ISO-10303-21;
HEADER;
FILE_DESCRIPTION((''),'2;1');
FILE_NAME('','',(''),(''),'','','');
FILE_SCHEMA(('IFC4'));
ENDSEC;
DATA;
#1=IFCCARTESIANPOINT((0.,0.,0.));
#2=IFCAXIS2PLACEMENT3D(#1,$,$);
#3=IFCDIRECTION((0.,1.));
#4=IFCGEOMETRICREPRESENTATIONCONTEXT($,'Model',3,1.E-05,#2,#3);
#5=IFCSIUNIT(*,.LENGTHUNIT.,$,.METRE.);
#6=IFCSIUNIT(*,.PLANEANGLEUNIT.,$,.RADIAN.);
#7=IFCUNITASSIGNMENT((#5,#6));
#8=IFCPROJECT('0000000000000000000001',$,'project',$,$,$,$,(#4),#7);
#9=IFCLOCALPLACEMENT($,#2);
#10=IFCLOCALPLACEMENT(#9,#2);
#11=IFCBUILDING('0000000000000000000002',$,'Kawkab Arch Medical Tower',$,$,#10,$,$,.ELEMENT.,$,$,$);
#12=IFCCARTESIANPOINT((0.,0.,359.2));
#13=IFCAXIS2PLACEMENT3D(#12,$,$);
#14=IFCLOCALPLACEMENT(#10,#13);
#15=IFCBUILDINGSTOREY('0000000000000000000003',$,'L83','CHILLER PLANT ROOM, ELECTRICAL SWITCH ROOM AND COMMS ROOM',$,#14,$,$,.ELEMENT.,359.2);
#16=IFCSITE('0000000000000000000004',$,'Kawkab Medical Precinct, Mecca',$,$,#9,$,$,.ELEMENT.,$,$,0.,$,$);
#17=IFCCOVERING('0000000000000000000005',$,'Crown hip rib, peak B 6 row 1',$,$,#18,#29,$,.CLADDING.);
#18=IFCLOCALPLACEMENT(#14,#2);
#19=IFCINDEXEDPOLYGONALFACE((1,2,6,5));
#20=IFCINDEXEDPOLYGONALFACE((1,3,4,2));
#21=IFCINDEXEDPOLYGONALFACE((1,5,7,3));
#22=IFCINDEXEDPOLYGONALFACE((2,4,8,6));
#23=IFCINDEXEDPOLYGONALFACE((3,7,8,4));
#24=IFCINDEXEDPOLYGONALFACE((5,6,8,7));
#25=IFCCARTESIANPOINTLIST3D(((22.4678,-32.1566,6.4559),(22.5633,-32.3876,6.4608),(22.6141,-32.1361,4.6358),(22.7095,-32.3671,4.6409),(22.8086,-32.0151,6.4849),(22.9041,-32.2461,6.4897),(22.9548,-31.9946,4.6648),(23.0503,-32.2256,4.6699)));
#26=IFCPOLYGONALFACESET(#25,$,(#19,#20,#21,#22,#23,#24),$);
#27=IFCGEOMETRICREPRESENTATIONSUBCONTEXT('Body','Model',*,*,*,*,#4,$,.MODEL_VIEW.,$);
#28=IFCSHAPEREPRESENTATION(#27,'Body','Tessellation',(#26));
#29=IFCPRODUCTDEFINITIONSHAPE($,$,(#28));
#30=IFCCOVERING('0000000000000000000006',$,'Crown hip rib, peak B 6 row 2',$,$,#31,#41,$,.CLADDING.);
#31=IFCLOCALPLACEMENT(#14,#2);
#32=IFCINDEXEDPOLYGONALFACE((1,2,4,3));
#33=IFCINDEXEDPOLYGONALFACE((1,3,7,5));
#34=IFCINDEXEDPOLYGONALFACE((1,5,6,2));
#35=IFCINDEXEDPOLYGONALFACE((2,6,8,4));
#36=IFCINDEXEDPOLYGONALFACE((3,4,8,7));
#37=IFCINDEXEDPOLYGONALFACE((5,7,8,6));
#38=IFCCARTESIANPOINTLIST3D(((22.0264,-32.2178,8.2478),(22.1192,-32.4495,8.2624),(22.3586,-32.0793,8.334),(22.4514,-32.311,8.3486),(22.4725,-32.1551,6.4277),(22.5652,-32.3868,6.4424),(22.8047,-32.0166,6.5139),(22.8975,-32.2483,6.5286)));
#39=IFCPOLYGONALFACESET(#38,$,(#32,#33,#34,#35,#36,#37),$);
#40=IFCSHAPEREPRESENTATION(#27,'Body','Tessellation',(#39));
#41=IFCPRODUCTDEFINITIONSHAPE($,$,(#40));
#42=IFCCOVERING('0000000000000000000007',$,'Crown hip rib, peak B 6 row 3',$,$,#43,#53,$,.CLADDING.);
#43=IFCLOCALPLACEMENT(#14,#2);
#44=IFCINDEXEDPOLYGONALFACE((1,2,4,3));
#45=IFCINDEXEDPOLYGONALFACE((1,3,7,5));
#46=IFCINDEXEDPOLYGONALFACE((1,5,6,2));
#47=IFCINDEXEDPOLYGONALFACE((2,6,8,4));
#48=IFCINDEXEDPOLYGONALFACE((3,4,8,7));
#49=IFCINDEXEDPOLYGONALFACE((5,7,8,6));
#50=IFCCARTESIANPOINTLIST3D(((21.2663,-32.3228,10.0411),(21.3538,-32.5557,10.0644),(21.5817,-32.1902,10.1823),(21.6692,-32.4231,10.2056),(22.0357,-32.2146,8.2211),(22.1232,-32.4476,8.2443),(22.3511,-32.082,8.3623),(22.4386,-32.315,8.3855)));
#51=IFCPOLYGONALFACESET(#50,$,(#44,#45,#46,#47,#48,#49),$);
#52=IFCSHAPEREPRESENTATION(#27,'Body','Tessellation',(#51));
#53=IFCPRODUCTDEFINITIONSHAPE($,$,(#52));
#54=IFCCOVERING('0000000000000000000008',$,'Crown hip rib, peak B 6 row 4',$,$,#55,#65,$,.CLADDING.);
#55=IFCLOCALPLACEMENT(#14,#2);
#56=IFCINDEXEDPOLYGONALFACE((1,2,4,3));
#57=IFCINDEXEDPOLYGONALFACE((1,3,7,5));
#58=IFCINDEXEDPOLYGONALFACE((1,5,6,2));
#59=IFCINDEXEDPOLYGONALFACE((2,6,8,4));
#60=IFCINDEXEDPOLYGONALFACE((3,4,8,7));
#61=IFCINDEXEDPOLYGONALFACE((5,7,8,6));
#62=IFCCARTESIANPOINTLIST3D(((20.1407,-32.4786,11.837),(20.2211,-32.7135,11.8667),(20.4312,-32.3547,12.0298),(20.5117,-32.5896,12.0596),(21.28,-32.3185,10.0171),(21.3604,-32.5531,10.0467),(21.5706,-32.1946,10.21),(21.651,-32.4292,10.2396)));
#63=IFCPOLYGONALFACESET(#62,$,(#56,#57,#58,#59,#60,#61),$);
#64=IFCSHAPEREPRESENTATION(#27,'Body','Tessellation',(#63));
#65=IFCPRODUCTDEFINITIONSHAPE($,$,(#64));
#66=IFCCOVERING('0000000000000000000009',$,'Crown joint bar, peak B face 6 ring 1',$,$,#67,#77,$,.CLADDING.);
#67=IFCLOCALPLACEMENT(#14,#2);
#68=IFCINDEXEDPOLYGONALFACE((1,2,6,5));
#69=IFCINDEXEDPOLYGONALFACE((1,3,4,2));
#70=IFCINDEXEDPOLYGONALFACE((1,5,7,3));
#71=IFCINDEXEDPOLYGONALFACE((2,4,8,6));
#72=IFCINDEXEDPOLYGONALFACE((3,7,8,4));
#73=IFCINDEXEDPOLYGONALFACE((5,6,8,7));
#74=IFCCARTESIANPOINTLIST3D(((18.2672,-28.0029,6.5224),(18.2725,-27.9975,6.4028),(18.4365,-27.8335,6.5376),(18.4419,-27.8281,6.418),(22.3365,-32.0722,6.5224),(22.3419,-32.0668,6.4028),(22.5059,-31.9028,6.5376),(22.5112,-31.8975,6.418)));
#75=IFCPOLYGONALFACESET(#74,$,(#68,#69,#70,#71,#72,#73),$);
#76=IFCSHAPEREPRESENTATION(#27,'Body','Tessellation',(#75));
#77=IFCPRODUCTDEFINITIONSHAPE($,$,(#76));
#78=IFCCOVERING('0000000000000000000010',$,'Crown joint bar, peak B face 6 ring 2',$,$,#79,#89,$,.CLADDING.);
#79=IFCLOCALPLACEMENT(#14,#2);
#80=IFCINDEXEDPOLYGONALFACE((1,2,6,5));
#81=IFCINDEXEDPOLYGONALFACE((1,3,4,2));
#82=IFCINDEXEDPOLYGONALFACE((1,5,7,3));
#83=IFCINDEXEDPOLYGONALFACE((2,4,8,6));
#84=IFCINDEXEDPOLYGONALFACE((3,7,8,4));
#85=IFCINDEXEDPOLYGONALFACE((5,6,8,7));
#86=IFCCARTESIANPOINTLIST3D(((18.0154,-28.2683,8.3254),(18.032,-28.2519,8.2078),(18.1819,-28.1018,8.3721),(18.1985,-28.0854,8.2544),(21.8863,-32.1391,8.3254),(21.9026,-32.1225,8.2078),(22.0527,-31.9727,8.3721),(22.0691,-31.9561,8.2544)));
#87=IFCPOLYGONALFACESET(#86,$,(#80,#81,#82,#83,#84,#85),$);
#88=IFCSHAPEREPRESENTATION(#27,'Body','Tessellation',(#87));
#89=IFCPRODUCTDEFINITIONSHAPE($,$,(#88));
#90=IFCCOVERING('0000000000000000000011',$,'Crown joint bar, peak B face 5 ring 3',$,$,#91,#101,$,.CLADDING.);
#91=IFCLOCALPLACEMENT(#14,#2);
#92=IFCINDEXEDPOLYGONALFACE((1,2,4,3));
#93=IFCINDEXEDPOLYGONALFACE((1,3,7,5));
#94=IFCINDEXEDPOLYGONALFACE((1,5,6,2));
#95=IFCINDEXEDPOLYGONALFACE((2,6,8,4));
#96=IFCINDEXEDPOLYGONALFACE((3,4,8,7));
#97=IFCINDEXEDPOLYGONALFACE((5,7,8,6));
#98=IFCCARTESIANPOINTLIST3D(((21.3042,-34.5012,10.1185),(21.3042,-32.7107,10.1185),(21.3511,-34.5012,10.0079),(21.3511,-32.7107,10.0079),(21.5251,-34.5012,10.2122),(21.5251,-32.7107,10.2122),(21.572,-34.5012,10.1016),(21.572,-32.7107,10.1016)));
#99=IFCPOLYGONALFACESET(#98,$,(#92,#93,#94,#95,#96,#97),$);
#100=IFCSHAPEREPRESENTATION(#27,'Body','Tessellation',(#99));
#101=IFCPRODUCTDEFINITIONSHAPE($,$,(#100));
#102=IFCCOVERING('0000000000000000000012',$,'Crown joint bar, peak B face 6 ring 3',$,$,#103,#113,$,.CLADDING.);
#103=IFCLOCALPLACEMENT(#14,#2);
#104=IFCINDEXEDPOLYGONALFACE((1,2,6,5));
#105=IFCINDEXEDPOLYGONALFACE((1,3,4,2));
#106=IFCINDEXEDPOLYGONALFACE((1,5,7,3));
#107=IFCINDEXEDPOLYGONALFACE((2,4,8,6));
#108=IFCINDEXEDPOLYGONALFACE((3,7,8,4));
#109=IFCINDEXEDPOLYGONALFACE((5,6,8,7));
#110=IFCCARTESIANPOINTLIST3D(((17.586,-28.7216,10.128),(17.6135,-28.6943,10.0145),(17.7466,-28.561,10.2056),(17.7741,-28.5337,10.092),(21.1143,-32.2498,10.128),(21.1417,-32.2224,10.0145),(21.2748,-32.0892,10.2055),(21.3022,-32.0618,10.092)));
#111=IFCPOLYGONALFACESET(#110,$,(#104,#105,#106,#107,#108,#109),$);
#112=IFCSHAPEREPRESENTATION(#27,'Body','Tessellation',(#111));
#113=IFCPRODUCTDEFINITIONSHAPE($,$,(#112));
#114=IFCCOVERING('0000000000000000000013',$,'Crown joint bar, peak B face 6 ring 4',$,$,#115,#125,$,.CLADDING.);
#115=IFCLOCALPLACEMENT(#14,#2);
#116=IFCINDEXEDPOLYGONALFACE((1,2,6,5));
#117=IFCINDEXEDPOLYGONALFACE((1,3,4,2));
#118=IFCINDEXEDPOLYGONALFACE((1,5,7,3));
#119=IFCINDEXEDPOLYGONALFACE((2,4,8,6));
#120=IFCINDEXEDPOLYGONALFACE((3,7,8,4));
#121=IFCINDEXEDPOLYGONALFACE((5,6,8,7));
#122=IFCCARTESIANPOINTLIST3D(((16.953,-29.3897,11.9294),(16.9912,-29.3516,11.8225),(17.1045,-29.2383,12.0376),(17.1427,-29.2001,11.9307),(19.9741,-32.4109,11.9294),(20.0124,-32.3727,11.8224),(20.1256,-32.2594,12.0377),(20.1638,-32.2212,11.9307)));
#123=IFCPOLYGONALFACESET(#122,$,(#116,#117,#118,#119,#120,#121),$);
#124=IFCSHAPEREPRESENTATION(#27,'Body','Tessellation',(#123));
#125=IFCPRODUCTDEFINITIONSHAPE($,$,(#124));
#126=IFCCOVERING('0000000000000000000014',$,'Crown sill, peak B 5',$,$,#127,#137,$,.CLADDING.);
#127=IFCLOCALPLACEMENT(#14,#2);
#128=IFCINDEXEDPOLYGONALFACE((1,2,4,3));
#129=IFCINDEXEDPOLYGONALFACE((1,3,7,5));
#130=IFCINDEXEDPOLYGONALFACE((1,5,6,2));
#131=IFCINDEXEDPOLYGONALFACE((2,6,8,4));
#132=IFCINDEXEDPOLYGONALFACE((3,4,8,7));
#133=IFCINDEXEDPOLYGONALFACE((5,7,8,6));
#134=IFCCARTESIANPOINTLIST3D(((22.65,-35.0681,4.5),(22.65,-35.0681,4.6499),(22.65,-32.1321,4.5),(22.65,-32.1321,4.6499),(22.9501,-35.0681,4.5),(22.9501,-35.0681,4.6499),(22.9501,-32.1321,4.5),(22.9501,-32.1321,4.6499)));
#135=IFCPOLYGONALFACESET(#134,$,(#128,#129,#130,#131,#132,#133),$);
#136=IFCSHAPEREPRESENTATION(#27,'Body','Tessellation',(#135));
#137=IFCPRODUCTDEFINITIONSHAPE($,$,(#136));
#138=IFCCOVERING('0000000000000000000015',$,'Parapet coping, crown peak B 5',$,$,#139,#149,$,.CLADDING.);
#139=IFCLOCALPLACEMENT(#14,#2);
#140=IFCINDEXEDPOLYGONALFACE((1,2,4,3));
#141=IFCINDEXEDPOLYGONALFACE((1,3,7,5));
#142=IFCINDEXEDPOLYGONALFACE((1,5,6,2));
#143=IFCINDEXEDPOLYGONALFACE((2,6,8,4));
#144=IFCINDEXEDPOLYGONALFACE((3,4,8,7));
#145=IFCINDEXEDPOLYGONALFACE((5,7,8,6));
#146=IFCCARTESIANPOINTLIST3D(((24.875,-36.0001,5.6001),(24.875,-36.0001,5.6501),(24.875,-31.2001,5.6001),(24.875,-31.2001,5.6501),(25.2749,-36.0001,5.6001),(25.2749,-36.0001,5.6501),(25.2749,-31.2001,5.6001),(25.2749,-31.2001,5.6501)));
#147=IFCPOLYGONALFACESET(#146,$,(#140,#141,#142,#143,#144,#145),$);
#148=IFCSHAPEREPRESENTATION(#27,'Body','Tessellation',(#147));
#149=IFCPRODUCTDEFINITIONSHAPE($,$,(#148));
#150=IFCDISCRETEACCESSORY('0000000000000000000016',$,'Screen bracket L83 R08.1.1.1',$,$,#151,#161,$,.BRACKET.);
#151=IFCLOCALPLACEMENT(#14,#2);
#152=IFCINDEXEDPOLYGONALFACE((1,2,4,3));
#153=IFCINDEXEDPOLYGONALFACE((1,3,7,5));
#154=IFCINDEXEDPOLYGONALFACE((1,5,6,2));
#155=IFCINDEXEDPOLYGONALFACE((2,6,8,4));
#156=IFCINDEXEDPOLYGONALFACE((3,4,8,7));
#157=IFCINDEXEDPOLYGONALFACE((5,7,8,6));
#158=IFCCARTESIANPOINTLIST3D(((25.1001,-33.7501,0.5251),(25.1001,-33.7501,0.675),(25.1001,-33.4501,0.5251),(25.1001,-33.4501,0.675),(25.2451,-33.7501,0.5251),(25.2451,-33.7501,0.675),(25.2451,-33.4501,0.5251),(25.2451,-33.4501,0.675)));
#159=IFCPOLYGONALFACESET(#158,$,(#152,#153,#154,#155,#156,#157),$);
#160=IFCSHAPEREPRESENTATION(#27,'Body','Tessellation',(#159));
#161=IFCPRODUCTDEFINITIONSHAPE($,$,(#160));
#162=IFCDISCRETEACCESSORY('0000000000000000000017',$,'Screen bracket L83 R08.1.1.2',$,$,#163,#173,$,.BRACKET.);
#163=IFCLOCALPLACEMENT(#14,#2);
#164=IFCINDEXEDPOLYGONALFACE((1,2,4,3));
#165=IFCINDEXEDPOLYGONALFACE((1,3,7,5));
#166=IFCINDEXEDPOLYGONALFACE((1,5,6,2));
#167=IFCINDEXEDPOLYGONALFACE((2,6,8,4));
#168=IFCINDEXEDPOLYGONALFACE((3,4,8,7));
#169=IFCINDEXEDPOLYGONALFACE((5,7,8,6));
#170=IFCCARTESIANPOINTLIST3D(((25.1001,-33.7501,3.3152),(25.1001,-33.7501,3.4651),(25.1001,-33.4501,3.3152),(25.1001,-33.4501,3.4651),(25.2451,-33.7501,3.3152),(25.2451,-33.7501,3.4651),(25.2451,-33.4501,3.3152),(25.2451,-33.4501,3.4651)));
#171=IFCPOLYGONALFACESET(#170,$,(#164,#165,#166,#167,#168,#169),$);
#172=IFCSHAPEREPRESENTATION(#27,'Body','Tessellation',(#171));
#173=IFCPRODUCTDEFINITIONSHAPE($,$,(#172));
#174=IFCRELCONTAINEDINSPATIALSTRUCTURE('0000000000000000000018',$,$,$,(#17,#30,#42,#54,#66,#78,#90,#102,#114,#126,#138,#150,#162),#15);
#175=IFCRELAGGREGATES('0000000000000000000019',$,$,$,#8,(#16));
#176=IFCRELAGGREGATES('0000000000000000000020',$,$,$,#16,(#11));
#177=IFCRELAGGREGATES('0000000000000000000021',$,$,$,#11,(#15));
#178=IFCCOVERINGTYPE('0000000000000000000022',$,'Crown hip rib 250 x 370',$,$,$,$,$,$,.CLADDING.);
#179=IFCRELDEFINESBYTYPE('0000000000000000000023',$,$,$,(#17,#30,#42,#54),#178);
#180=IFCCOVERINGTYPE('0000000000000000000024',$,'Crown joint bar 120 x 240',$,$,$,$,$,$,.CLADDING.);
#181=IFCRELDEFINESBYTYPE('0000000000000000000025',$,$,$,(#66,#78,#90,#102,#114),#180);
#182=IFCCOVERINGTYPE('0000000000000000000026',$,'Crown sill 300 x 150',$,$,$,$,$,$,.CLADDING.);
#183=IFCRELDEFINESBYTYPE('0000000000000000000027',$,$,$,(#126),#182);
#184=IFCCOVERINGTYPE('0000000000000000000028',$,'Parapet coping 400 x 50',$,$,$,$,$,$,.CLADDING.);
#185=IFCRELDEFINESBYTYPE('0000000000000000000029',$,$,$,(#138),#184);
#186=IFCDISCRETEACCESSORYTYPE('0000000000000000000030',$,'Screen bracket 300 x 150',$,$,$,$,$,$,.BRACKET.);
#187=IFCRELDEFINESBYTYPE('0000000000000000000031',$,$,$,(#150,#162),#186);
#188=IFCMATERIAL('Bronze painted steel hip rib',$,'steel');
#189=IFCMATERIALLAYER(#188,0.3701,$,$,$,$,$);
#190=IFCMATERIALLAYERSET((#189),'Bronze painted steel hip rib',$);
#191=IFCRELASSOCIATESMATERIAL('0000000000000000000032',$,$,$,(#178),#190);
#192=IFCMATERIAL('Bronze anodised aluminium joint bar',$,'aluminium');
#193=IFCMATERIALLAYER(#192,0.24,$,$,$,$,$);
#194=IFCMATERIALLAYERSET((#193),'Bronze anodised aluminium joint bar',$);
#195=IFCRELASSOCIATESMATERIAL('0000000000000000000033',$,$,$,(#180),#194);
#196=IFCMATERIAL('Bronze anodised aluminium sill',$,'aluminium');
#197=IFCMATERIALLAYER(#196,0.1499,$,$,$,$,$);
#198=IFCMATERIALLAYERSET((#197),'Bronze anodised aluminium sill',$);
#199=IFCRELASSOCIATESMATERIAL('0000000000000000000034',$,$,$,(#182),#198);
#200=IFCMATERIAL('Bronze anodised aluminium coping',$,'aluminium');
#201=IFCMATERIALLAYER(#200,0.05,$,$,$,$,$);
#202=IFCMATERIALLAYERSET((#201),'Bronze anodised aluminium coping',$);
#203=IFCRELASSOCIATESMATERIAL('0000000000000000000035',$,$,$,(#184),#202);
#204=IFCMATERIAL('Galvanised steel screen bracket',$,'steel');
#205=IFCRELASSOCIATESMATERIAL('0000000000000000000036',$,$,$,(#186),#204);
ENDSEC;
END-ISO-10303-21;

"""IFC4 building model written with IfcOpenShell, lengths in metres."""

from ifc_helpers import new_model, si_unit, direction, frame, origin, origin_2d, place, context, subcontext, project, spatial, polyline, rectangle, outline, extrude, material, layer, layer_set, type_object, element, save


model = new_model("IFC4")

# Units and contexts
model_context = context("Model", 3, precision=1e-05, world=origin(), true_north=direction((0.0, 1.0)))
body_context = subcontext(model_context, "Body", "Model", "MODEL_VIEW")
ifc_project = project(units=[si_unit("LENGTHUNIT", "METRE"), si_unit("PLANEANGLEUNIT", "RADIAN")], contexts=[model_context])

# Site, building, storey
site_placement = place(None, origin())
site = spatial("IfcSite", under=ifc_project, at=site_placement, Name="Kawkab Medical Precinct, Mecca", CompositionType="ELEMENT", RefElevation=0.0)
building_placement = place(site_placement, origin())
building = spatial("IfcBuilding", under=site, at=building_placement, Name="Kawkab Arch Medical Tower", CompositionType="ELEMENT")
storey_placement = place(building_placement, frame((0.0, 0.0, 359.2)))
storey = spatial("IfcBuildingStorey", under=building, at=storey_placement, Name="L83", Description="CHILLER PLANT ROOM, ELECTRICAL SWITCH ROOM AND COMMS ROOM", CompositionType="ELEMENT", Elevation=359.2)

# Coverings
ifc_material_1 = material(Name="Bronze painted steel hip rib", Category="steel")
ifc_layer_1 = layer(ifc_material_1, 0.3701)
ifc_layer_set_1 = layer_set([ifc_layer_1], Name="Bronze painted steel hip rib")
covering_type_1 = type_object("IfcCoveringType", Name="Crown hip rib 250 x 370", PredefinedType="CLADDING", material=ifc_layer_set_1)
covering_1_placement = place(storey_placement, frame((22.9548, -31.9946, 4.6648), z_axis=(0.920735, 0.382254, 0.078292), x_axis=(-0.08009, -0.011233, 0.996724)))
element("IfcCovering", 1, at=covering_1_placement, inside=storey, type_object=covering_type_1, Name="Crown hip rib, peak B 6 row 1", PredefinedType="CLADDING", context=body_context, shape_type="SweptSolid", body=[
    extrude(outline(polyline([(0.0, 0.0), (1.826, 0.0), (1.8259, 0.25), (0.0001, 0.25), (0.0, 0.0)])), origin(), (0.0, 0.0, -1.0), 0.3701),
])
covering_2_placement = place(storey_placement, frame((22.8047, -32.0166, 6.5139), z_axis=(0.897646, 0.374161, 0.232885), x_axis=(-0.237893, -0.033464, 0.970715)))
element("IfcCovering", 2, at=covering_2_placement, inside=storey, type_object=covering_type_1, Name="Crown hip rib, peak B 6 row 2", PredefinedType="CLADDING", context=body_context, shape_type="SweptSolid", body=[
    extrude(outline(polyline([(0.0, 0.0), (1.875, 0.0), (1.8749, 0.25), (-0.0001, 0.25), (0.0, 0.0)])), origin(), (0.0, 0.0, -1.0), 0.3701),
])
covering_3_placement = place(storey_placement, frame((22.3511, -32.082, 8.3623), z_axis=(0.852134, 0.358211, 0.381514), x_axis=(-0.388784, -0.054672, 0.919705)))
element("IfcCovering", 3, at=covering_3_placement, inside=storey, type_object=covering_type_1, Name="Crown hip rib, peak B 6 row 3", PredefinedType="CLADDING", context=body_context, shape_type="SweptSolid", body=[
    extrude(outline(polyline([(0.0, 0.0), (1.9789, 0.0), (1.979, 0.2498), (0.0, 0.2499), (0.0, 0.0)])), origin(), (0.0, 0.0, -1.0), 0.3701),
])
covering_4_placement = place(storey_placement, frame((21.5706, -32.1946, 10.21), z_axis=(0.785128, 0.334892, 0.520981), x_axis=(-0.52916, -0.074367, 0.845257)))
element("IfcCovering", 4, at=covering_4_placement, inside=storey, type_object=covering_type_1, Name="Crown hip rib, peak B 6 row 4", PredefinedType="CLADDING", context=body_context, shape_type="SweptSolid", body=[
    extrude(outline(polyline([(0.0, 0.0), (2.1531, 0.0), (2.1531, 0.2501), (-0.0001, 0.2497), (0.0, 0.0)])), origin(), (0.0, 0.0, -1.0), 0.3701),
])
ifc_material_2 = material(Name="Bronze anodised aluminium joint bar", Category="aluminium")
ifc_layer_2 = layer(ifc_material_2, 0.24)
ifc_layer_set_2 = layer_set([ifc_layer_2], Name="Bronze anodised aluminium joint bar")
covering_type_2 = type_object("IfcCoveringType", Name="Crown joint bar 120 x 240", PredefinedType="CLADDING", material=ifc_layer_set_2)
covering_5_placement = place(storey_placement, frame((22.5112, -31.8975, 6.418), z_axis=(0.705686, 0.705686, 0.063368), x_axis=(-0.707107, 0.707107, 0.0)))
element("IfcCovering", 5, at=covering_5_placement, inside=storey, type_object=covering_type_2, Name="Crown joint bar, peak B face 6 ring 1", PredefinedType="CLADDING", context=body_context, shape_type="SweptSolid", body=[
    extrude(outline(polyline([(0.0, 0.0), (5.7549, 0.0), (5.7549, 0.1199), (0.0, 0.1199), (0.0, 0.0)])), origin(), (0.0, 0.0, -1.0), 0.24),
])
covering_6_placement = place(storey_placement, frame((22.0691, -31.9561, 8.2544), z_axis=(0.693634, 0.693634, 0.194275), x_axis=(-0.707107, 0.707107, 0.0)))
element("IfcCovering", 6, at=covering_6_placement, inside=storey, type_object=covering_type_2, Name="Crown joint bar, peak B face 6 ring 2", PredefinedType="CLADDING", context=body_context, shape_type="SweptSolid", body=[
    extrude(outline(polyline([(0.0, 0.0), (5.4739, 0.0), (5.474, 0.12), (-0.0002, 0.12), (0.0, 0.0)])), origin(), (0.0, 0.0, -1.0), 0.24),
])
covering_7_placement = place(storey_placement, frame((21.572, -34.5012, 10.1016), z_axis=(0.920715, 0.0, 0.390237), x_axis=(0.0, 1.0, 0.0)))
element("IfcCovering", 7, at=covering_7_placement, inside=storey, type_object=covering_type_2, Name="Crown joint bar, peak B face 5 ring 3", PredefinedType="CLADDING", context=body_context, shape_type="SweptSolid", body=[
    extrude(outline(polyline([(0.0, 0.0), (1.7905, 0.0), (1.7905, 0.1201), (0.0, 0.1201), (0.0, 0.0)])), origin(), (0.0, 0.0, -1.0), 0.24),
])
covering_8_placement = place(storey_placement, frame((21.3022, -32.0618, 10.092), z_axis=(0.669174, 0.669197, 0.32308), x_axis=(-0.707118, 0.707096, -0.000005)))
element("IfcCovering", 8, at=covering_8_placement, inside=storey, type_object=covering_type_2, Name="Crown joint bar, peak B face 6 ring 3", PredefinedType="CLADDING", context=body_context, shape_type="SweptSolid", body=[
    extrude(outline(polyline([(0.0, 0.0), (4.9895, 0.0), (4.9896, 0.12), (0.0, 0.1199), (0.0, 0.0)])), origin(), (0.0, 0.0, -1.0), 0.24),
])
covering_9_placement = place(storey_placement, frame((20.1638, -32.2212, 11.9307), z_axis=(0.63111, 0.63111, 0.450999), x_axis=(-0.707113, 0.707101, 0.000016)))
element("IfcCovering", 9, at=covering_9_placement, inside=storey, type_object=covering_type_2, Name="Crown joint bar, peak B face 6 ring 4", PredefinedType="CLADDING", context=body_context, shape_type="SweptSolid", body=[
    extrude(outline(polyline([(0.0, 0.0), (4.2725, 0.0), (4.2725, 0.1197), (0.0, 0.1199), (0.0, 0.0)])), origin(), (0.0, 0.0, -1.0), 0.24),
])
ifc_material_3 = material(Name="Bronze anodised aluminium sill", Category="aluminium")
ifc_layer_3 = layer(ifc_material_3, 0.1499)
ifc_layer_set_3 = layer_set([ifc_layer_3], Name="Bronze anodised aluminium sill")
covering_type_3 = type_object("IfcCoveringType", Name="Crown sill 300 x 150", PredefinedType="CLADDING", material=ifc_layer_set_3)
covering_10_placement = place(storey_placement, frame((22.8, -33.6001, 4.5), z_axis=(0.0, 0.0, 1.0), x_axis=(0.0, 1.0, 0.0)))
element("IfcCovering", 10, at=covering_10_placement, inside=storey, type_object=covering_type_3, Name="Crown sill, peak B 5", PredefinedType="CLADDING", context=body_context, shape_type="SweptSolid", body=[
    extrude(rectangle(XDim=2.936, YDim=0.3, at=origin_2d()), origin(), (0.0, 0.0, 1.0), 0.1499),
])
ifc_material_4 = material(Name="Bronze anodised aluminium coping", Category="aluminium")
ifc_layer_4 = layer(ifc_material_4, 0.05)
ifc_layer_set_4 = layer_set([ifc_layer_4], Name="Bronze anodised aluminium coping")
covering_type_4 = type_object("IfcCoveringType", Name="Parapet coping 400 x 50", PredefinedType="CLADDING", material=ifc_layer_set_4)
covering_11_placement = place(storey_placement, frame((25.075, -33.6001, 5.6001), z_axis=(0.0, 0.0, 1.0), x_axis=(0.0, 1.0, 0.0)))
element("IfcCovering", 11, at=covering_11_placement, inside=storey, type_object=covering_type_4, Name="Parapet coping, crown peak B 5", PredefinedType="CLADDING", context=body_context, shape_type="SweptSolid", body=[
    extrude(rectangle(XDim=4.8, YDim=0.3999, at=origin_2d()), origin(), (0.0, 0.0, 1.0), 0.05),
])

# Discrete accessories
ifc_material_5 = material(Name="Galvanised steel screen bracket", Category="steel")
discrete_accessory_type = type_object("IfcDiscreteAccessoryType", Name="Screen bracket 300 x 150", PredefinedType="BRACKET", material=ifc_material_5)
for number, where, z_axis, x_axis, name in (
    (12, (25.1726, -33.6001, 0.5251), (0.0, 0.0, 1.0), (0.0, 1.0, 0.0), "Screen bracket L83 R08.1.1.1"),
    (13, (25.1726, -33.6001, 3.3152), (0.0, 0.0, 1.0), (0.0, 1.0, 0.0), "Screen bracket L83 R08.1.1.2"),
):
    element("IfcDiscreteAccessory", number, at=place(storey_placement, frame(where, z_axis=z_axis, x_axis=x_axis)), inside=storey, type_object=discrete_accessory_type, Name=name, PredefinedType="BRACKET", context=body_context, shape_type="SweptSolid", body=[
        extrude(rectangle(XDim=0.3, YDim=0.145, at=origin_2d()), origin(), (0.0, 0.0, 1.0), 0.1499),
    ])

save(model, "model.ifc")
